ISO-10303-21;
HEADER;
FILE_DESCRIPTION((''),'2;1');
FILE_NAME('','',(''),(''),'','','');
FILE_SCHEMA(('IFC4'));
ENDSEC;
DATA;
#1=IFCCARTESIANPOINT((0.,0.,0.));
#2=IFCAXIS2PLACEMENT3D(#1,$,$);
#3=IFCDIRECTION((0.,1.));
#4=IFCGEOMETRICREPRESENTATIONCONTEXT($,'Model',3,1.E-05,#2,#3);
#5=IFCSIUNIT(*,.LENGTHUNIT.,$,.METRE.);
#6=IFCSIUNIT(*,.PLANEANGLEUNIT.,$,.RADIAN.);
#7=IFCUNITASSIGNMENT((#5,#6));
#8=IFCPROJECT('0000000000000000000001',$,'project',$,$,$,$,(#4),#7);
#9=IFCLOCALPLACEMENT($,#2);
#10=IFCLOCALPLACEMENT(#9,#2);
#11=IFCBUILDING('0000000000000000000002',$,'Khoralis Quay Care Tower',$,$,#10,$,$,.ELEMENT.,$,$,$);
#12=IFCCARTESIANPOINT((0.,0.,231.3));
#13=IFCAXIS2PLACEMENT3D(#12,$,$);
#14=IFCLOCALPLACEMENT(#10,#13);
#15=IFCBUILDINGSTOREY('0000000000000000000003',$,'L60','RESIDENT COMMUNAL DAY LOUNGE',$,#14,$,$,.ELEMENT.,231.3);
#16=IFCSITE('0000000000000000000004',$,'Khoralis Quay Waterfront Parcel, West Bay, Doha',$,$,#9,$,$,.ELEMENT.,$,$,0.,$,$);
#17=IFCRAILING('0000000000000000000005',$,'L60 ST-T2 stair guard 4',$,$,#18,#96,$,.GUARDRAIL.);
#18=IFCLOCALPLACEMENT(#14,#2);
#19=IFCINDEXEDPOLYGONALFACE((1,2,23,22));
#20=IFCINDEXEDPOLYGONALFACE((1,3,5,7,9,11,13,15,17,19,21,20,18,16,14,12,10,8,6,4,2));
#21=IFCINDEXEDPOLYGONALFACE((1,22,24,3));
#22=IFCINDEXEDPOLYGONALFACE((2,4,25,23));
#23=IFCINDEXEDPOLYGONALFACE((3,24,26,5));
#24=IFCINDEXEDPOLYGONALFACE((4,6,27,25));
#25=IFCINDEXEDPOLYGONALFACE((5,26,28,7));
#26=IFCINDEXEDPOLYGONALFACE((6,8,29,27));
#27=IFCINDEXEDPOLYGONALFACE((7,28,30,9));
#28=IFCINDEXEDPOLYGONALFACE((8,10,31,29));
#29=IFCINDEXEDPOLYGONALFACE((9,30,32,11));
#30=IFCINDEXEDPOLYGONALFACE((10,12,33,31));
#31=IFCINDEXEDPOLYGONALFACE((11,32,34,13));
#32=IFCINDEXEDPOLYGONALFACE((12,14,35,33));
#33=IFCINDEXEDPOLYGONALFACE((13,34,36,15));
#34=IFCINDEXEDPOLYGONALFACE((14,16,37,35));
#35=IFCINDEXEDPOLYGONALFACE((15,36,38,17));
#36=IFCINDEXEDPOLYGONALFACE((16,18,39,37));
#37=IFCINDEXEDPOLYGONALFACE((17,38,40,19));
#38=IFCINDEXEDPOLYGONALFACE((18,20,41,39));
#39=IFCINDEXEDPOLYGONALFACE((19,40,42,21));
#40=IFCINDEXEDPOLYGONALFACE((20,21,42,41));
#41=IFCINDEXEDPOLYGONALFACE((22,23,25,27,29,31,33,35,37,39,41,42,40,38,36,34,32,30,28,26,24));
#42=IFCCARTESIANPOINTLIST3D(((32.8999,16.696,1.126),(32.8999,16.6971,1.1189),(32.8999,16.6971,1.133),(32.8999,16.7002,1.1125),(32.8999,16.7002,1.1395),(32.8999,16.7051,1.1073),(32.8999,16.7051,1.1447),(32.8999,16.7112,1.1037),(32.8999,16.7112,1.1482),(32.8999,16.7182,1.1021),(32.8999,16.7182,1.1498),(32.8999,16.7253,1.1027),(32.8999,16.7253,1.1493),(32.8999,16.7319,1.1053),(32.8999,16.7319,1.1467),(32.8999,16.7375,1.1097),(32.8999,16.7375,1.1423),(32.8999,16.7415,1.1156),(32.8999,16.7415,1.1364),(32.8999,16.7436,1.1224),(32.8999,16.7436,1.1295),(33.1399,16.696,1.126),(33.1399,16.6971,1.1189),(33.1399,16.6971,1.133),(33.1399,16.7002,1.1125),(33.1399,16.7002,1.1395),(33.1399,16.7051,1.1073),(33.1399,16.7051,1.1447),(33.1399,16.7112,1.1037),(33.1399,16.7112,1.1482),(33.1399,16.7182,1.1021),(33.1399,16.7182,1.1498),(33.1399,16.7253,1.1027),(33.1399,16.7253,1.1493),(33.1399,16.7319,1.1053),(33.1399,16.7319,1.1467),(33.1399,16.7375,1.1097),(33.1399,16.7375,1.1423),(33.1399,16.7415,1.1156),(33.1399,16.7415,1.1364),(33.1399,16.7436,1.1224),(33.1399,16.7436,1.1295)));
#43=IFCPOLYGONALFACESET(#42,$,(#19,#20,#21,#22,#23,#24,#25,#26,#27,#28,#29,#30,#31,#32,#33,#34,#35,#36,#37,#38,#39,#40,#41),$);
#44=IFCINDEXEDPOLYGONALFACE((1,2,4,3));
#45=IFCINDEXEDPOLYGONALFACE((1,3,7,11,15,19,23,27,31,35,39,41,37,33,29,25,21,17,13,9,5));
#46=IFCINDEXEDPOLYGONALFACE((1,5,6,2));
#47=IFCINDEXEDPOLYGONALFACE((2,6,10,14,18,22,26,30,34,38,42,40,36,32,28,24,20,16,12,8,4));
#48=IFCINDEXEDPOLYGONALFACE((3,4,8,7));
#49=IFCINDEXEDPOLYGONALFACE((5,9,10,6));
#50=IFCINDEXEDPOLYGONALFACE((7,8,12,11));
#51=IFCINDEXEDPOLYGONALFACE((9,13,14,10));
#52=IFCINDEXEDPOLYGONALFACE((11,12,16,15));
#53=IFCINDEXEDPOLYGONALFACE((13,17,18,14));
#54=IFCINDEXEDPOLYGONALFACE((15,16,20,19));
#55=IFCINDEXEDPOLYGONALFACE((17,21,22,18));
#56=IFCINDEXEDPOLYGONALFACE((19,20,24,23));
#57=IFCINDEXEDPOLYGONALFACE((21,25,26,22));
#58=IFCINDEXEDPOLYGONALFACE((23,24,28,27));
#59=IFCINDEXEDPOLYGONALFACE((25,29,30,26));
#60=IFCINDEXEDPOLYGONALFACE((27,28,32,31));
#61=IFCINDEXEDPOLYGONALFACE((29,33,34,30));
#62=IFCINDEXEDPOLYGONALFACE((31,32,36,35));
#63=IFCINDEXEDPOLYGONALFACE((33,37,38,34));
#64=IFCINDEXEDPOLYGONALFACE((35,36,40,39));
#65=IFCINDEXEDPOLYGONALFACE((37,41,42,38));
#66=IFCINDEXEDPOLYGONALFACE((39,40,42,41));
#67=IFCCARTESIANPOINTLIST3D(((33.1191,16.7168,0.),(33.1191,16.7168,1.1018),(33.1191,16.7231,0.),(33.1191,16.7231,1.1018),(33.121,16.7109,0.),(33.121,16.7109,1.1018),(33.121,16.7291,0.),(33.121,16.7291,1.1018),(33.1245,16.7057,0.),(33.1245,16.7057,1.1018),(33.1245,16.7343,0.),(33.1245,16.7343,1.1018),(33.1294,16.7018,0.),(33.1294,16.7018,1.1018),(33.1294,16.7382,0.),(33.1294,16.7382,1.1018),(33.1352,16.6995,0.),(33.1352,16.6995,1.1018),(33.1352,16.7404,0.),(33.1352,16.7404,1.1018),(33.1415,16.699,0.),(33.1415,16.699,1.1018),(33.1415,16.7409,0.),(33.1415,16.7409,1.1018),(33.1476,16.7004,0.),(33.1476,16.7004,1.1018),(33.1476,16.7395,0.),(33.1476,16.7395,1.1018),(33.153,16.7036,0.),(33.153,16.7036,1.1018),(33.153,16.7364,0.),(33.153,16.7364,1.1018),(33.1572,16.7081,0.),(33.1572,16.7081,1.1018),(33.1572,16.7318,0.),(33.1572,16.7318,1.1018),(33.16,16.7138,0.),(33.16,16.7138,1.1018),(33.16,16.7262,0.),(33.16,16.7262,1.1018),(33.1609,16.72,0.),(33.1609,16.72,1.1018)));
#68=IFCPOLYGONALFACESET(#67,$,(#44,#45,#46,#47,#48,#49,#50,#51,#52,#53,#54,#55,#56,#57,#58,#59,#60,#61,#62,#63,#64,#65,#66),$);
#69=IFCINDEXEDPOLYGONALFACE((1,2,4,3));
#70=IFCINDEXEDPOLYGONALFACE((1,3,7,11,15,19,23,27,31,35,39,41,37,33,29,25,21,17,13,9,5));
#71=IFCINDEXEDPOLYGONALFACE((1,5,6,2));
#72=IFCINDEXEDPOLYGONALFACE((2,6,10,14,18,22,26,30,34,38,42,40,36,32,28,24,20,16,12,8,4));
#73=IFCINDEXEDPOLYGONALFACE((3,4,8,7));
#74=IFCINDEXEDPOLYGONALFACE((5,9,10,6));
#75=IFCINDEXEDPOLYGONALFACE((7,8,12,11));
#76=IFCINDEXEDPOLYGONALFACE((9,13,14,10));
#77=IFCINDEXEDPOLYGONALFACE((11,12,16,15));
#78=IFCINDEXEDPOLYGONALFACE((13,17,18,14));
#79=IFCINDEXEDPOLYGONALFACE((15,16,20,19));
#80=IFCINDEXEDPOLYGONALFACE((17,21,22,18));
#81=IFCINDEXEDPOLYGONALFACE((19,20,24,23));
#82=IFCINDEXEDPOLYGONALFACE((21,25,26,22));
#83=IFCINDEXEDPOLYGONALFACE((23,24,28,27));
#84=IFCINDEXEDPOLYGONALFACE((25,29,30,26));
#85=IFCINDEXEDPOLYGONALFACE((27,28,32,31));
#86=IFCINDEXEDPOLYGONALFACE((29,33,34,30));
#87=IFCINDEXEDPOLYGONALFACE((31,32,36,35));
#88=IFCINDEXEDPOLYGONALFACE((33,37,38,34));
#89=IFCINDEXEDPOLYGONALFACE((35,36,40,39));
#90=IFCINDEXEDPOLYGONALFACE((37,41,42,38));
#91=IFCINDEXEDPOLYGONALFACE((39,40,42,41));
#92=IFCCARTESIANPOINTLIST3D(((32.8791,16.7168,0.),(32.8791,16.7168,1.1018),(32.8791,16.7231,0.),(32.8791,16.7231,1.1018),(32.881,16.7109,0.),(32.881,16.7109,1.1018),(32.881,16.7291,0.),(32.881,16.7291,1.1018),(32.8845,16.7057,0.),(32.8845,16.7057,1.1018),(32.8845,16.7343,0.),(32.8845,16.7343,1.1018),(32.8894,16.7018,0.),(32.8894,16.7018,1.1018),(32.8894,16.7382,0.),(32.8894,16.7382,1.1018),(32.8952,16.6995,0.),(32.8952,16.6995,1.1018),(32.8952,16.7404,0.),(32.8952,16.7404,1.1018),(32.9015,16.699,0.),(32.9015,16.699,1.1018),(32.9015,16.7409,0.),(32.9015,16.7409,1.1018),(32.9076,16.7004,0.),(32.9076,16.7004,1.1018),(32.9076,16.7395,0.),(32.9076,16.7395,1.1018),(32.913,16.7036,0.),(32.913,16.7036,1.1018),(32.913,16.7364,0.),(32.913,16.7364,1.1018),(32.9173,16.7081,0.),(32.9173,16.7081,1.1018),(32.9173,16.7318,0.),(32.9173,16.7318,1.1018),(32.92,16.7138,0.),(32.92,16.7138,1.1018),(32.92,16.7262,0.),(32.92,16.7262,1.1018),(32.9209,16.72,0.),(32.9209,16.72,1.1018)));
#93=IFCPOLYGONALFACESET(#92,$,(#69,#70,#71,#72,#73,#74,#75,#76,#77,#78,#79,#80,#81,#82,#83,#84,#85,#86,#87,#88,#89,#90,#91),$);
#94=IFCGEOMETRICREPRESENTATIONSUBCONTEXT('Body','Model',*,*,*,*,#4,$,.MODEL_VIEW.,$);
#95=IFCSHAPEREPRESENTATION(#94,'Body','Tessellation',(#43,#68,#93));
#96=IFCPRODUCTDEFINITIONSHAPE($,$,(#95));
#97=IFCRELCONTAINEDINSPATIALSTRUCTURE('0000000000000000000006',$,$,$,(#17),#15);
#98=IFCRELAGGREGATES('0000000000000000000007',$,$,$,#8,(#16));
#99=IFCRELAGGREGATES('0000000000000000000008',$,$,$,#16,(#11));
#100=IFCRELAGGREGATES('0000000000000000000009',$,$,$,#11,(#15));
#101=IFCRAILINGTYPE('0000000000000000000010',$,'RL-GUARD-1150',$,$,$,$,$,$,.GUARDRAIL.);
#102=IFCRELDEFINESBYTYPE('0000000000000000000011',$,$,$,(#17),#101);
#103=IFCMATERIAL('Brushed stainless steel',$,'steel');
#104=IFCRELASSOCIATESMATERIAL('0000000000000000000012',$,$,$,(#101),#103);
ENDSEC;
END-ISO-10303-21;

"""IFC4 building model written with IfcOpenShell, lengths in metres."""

from ifc_helpers import new_model, si_unit, direction, frame, origin, origin_2d, place, context, subcontext, project, spatial, circle, extrude, material, type_object, element, save


model = new_model("IFC4")

# Units and contexts
model_context = context("Model", 3, precision=1e-05, world=origin(), true_north=direction((0.0, 1.0)))
body_context = subcontext(model_context, "Body", "Model", "MODEL_VIEW")
ifc_project = project(units=[si_unit("LENGTHUNIT", "METRE"), si_unit("PLANEANGLEUNIT", "RADIAN")], contexts=[model_context])

# Site, building, storey
site_placement = place(None, origin())
site = spatial("IfcSite", under=ifc_project, at=site_placement, Name="Khoralis Quay Waterfront Parcel, West Bay, Doha", CompositionType="ELEMENT", RefElevation=0.0)
building_placement = place(site_placement, origin())
building = spatial("IfcBuilding", under=site, at=building_placement, Name="Khoralis Quay Care Tower", CompositionType="ELEMENT")
storey_placement = place(building_placement, frame((0.0, 0.0, 231.3)))
storey = spatial("IfcBuildingStorey", under=building, at=storey_placement, Name="L60", Description="RESIDENT COMMUNAL DAY LOUNGE", CompositionType="ELEMENT", Elevation=231.3)

# Shared definitions
ifc_material_1 = material(Name="Brushed stainless steel", Category="steel")

# Railing
railing_type_1 = type_object("IfcRailingType", Name="RL-GUARD-1150", PredefinedType="GUARDRAIL", material=ifc_material_1)
railing_1_placement = place(storey_placement, frame((33.1399, 16.72, 0.0)))
element("IfcRailing", 1, at=railing_1_placement, inside=storey, type_object=railing_type_1, Name="L60 ST-T2 stair guard 4", PredefinedType="GUARDRAIL", context=body_context, shape_type="SweptSolid", body=[
    extrude(circle(Radius=0.0239, at=origin_2d()), frame((0.0, 0.0, 1.126), z_axis=(-1.0, 0.0, 0.0), x_axis=(0.0, -1.0, 0.0)), (0.0, 0.0, 1.0), 0.24),
    extrude(circle(Radius=0.021, at=origin_2d()), origin(), (0.0, 0.0, 1.0), 1.1018),
    extrude(circle(Radius=0.021, at=origin_2d()), frame((-0.24, 0.0, 0.0)), (0.0, 0.0, 1.0), 1.1018),
])

save(model, "model.ifc")
